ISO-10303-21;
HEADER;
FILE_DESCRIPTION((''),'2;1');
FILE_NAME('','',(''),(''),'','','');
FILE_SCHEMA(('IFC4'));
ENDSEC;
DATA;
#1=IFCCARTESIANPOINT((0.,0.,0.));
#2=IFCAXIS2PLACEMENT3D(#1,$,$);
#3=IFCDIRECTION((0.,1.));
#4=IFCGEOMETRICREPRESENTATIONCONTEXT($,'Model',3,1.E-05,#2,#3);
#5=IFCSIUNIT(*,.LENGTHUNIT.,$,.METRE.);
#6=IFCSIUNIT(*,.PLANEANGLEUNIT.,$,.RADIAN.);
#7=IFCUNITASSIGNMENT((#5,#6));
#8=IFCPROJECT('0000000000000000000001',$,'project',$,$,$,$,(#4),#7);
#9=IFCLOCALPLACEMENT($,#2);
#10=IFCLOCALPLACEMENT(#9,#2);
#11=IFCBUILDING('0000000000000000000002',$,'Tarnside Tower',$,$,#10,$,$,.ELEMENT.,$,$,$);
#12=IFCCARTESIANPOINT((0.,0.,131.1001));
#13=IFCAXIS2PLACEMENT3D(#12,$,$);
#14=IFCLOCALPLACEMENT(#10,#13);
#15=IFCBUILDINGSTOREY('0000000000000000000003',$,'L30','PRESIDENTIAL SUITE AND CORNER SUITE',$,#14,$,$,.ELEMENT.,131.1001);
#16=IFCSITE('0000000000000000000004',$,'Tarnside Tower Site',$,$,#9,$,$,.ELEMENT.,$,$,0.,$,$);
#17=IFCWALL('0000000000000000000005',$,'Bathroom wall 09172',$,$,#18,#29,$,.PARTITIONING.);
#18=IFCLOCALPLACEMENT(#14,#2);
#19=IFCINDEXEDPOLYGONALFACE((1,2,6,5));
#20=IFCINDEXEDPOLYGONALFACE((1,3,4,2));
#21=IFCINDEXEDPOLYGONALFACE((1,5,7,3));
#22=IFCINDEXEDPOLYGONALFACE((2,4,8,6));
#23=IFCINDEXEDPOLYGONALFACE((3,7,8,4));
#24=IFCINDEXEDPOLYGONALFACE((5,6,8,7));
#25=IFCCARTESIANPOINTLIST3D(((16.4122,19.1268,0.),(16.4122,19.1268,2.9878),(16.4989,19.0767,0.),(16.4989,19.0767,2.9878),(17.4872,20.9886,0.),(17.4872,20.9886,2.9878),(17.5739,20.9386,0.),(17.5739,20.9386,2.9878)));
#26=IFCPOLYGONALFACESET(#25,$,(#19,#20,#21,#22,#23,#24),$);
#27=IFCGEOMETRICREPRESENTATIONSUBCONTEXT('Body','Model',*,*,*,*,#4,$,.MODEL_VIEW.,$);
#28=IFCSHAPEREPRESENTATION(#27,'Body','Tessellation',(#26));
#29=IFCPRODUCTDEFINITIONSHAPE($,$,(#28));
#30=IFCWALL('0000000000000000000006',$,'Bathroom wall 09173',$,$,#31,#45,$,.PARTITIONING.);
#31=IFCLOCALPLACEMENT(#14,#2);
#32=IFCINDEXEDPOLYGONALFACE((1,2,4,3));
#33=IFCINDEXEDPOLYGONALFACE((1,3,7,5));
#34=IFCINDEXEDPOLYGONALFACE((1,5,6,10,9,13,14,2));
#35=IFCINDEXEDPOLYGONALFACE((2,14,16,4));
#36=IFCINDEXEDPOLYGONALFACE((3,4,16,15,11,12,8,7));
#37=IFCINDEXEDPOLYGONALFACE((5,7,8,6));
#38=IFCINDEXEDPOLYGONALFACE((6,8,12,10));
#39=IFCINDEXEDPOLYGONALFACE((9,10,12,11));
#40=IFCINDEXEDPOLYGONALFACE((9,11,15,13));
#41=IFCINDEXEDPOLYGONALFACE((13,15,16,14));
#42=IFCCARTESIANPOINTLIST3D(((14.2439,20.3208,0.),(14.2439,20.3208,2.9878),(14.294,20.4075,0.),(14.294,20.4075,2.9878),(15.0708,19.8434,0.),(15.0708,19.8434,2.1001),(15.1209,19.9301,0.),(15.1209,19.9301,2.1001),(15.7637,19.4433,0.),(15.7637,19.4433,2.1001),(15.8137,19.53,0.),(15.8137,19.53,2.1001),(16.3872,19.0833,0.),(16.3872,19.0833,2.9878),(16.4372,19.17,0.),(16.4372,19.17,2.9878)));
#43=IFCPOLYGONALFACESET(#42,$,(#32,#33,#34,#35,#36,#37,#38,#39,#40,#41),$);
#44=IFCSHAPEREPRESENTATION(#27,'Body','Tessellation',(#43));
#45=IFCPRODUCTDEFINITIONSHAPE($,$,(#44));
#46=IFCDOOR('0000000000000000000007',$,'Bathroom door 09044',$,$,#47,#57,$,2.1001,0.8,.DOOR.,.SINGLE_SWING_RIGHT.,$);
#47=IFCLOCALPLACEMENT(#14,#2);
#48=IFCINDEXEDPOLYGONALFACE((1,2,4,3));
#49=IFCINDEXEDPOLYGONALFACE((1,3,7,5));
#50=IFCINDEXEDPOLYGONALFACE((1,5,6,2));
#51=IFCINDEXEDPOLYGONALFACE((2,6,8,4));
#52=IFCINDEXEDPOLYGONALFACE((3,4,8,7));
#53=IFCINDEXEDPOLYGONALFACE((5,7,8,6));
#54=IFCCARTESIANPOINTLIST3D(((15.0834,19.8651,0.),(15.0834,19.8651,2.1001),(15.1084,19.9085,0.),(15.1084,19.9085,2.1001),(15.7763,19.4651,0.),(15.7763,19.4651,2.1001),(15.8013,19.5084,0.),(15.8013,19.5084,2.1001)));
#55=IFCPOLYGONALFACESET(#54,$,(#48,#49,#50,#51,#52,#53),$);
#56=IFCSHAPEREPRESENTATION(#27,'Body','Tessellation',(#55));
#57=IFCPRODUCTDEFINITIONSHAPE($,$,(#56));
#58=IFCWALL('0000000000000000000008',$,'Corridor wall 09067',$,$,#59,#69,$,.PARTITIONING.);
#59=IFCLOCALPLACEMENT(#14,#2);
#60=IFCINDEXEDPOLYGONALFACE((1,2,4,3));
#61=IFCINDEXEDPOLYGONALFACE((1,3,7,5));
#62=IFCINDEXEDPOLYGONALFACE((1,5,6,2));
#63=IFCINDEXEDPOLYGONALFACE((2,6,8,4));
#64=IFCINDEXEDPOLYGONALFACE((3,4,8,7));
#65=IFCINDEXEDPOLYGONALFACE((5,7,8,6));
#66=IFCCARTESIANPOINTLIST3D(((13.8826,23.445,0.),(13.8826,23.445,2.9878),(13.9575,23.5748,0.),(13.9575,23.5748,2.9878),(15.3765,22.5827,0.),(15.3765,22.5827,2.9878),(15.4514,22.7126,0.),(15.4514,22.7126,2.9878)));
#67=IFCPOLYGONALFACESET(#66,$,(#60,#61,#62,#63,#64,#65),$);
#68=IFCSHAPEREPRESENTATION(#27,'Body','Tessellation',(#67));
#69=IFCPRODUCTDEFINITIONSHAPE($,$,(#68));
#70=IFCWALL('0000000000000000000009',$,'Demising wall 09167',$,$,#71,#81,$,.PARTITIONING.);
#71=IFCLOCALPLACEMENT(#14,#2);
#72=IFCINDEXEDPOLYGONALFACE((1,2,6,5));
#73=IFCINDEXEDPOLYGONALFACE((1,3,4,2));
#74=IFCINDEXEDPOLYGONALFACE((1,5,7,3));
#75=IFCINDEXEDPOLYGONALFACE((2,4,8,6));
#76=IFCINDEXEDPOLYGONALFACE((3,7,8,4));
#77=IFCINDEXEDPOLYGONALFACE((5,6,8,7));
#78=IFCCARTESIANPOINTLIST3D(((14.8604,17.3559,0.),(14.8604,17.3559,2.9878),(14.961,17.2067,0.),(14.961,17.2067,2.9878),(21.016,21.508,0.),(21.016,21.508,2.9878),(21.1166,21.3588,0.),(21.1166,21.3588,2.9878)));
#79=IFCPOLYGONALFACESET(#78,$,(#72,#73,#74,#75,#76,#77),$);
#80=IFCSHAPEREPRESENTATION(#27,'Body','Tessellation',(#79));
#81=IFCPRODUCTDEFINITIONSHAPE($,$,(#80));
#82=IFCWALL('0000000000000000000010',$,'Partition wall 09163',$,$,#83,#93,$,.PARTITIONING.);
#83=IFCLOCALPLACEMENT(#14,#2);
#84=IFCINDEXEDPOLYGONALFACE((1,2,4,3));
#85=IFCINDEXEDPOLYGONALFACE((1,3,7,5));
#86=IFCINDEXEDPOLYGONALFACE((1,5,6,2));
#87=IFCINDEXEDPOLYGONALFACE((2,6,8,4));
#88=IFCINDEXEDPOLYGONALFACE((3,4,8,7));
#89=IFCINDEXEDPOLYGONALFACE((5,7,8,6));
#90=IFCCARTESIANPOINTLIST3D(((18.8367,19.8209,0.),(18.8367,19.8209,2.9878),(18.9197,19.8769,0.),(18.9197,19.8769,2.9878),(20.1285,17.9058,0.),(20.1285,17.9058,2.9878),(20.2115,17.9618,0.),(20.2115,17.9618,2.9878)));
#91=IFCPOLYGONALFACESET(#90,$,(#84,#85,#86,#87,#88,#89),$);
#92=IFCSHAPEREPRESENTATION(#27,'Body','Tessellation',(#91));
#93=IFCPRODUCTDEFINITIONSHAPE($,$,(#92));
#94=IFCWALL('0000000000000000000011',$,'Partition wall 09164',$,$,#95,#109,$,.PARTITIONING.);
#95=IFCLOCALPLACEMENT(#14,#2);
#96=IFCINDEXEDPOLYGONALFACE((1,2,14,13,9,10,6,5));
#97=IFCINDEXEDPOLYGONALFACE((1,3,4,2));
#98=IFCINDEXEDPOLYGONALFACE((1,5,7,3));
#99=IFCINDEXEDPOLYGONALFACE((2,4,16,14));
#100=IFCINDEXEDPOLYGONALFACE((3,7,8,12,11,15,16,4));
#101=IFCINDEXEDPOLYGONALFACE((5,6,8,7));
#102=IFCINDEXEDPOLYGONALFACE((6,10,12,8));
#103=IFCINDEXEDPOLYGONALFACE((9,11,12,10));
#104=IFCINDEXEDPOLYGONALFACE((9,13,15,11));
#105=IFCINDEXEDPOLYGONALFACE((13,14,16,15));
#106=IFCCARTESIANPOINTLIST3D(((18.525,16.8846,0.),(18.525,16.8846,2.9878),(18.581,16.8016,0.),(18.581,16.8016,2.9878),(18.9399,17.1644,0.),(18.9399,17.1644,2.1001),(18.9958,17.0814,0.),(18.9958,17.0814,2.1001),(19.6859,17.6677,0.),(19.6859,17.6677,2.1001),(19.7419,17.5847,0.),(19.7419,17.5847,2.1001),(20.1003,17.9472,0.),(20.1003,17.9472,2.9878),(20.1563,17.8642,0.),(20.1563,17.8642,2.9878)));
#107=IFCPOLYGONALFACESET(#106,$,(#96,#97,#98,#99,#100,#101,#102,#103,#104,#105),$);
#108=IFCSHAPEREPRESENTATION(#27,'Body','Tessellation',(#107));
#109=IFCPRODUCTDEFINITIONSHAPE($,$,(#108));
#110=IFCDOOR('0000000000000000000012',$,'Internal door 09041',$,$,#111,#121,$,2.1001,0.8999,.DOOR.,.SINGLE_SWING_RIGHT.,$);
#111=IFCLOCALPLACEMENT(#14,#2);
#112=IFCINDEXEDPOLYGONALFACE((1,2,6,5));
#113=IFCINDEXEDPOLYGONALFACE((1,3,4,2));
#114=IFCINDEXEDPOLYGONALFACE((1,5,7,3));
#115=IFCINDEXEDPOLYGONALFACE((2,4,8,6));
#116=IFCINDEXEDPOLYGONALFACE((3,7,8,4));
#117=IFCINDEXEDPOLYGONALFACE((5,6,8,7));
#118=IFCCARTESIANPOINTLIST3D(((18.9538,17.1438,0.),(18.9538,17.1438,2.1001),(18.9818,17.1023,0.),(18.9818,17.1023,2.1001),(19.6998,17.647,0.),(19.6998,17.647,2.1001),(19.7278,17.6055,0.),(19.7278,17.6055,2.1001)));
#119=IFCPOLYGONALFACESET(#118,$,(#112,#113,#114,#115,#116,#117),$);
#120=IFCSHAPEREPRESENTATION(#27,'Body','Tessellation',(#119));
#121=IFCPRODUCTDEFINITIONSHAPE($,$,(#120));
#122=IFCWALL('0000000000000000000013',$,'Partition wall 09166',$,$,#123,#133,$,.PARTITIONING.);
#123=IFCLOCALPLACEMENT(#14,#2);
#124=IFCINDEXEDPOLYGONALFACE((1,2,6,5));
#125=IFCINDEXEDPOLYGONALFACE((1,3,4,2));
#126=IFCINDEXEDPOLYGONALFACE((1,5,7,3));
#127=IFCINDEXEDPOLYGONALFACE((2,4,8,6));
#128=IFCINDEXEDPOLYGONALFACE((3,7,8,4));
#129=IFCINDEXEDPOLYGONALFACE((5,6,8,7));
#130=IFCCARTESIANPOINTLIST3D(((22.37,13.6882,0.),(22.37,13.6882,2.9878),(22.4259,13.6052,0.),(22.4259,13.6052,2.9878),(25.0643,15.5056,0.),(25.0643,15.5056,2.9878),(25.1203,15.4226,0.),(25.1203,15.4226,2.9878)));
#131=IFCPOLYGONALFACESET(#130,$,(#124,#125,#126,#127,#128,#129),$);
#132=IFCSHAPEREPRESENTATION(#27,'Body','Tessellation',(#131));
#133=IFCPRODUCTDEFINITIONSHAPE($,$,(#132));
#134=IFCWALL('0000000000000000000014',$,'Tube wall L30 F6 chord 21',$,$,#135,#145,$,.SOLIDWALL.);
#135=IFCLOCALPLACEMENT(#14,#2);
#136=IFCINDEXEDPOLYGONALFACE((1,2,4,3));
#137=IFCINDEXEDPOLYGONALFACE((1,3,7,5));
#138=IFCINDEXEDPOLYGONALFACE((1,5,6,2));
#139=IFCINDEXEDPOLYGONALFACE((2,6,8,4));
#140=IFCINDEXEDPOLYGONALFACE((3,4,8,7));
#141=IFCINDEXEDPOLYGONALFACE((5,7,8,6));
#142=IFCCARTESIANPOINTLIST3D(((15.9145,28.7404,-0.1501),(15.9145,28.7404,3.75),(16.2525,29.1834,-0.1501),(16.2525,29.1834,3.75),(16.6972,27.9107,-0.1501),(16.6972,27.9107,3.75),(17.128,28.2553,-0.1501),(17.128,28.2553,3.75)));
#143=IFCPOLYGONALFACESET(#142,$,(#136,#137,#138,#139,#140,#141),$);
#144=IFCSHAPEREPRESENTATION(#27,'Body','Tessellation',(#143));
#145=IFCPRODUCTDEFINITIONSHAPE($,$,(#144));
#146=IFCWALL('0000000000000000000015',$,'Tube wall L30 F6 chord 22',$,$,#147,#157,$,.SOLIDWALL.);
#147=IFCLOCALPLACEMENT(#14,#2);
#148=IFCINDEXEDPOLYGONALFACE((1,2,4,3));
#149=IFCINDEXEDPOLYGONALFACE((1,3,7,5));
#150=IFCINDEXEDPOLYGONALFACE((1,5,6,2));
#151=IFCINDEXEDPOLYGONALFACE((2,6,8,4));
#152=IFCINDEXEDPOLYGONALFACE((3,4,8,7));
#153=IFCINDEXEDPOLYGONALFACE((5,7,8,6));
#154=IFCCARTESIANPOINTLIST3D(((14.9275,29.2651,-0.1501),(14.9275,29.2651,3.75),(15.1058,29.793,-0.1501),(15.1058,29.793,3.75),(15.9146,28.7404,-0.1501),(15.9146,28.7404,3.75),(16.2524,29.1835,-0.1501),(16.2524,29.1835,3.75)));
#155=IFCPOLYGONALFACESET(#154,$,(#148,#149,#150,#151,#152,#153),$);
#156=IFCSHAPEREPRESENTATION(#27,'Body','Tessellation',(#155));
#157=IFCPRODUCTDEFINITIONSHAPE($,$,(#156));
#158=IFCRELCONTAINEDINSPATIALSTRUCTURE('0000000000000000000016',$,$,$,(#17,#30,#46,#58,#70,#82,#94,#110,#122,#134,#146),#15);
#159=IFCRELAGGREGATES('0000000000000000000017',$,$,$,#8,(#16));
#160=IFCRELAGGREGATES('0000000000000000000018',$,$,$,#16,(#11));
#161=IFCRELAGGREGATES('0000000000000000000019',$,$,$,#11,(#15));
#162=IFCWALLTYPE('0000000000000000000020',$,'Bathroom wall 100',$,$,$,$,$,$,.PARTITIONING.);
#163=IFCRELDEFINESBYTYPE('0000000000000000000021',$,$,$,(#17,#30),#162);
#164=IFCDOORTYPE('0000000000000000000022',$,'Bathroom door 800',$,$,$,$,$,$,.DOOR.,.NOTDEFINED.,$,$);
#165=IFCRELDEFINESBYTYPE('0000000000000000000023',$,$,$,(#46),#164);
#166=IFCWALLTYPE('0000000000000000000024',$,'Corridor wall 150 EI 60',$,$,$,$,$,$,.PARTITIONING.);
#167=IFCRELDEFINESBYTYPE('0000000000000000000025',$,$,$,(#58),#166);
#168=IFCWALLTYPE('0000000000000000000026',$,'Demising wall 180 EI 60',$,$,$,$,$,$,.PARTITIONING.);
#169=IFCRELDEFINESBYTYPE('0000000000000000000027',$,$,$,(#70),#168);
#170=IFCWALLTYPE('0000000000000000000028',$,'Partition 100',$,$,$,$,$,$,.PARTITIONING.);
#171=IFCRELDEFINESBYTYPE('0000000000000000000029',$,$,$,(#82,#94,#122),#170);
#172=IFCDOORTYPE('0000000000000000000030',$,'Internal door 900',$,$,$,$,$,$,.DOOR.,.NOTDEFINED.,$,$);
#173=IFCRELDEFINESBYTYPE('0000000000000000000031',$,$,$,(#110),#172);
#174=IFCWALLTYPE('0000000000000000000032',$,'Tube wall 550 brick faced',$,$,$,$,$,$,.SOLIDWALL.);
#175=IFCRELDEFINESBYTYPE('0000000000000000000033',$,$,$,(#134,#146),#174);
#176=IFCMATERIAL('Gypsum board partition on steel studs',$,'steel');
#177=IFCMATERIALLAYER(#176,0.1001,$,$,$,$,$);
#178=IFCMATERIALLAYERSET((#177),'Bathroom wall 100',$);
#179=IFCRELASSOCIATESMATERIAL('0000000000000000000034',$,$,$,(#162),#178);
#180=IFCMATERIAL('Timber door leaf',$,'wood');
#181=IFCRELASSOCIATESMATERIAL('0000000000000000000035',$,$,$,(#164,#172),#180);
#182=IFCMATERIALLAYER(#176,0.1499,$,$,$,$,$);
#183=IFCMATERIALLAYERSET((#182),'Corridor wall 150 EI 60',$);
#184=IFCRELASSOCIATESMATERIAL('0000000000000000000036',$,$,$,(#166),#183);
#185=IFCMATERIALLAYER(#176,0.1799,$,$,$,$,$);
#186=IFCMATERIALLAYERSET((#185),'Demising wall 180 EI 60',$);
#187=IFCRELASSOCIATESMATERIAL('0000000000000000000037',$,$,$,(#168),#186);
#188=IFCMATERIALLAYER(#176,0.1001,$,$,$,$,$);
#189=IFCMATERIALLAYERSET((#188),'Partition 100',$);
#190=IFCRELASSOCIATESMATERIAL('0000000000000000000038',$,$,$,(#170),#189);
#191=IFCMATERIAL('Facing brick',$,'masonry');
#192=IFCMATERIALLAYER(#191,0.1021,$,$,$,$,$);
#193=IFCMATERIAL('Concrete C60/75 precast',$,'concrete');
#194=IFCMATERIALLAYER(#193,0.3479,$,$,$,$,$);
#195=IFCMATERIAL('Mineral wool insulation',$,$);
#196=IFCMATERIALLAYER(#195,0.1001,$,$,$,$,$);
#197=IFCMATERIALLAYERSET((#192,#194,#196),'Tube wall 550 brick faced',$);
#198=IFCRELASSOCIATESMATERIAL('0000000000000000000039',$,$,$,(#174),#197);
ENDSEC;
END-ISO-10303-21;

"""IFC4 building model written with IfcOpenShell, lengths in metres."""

from ifc_helpers import new_model, si_unit, direction, frame, frame_2d, origin, place, context, subcontext, project, spatial, polyline, rectangle, outline, extrude, material, layer, layer_set, type_object, element, fill, save


model = new_model("IFC4")

# Units and contexts
model_context = context("Model", 3, precision=1e-05, world=origin(), true_north=direction((0.0, 1.0)))
body_context = subcontext(model_context, "Body", "Model", "MODEL_VIEW")
ifc_project = project(units=[si_unit("LENGTHUNIT", "METRE"), si_unit("PLANEANGLEUNIT", "RADIAN")], contexts=[model_context])

# Site, building, storey
site_placement = place(None, origin())
site = spatial("IfcSite", under=ifc_project, at=site_placement, Name="Tarnside Tower Site", CompositionType="ELEMENT", RefElevation=0.0)
building_placement = place(site_placement, origin())
building = spatial("IfcBuilding", under=site, at=building_placement, Name="Tarnside Tower", CompositionType="ELEMENT")
storey_placement = place(building_placement, frame((0.0, 0.0, 131.1001)))
storey = spatial("IfcBuildingStorey", under=building, at=storey_placement, Name="L30", Description="PRESIDENTIAL SUITE AND CORNER SUITE", CompositionType="ELEMENT", Elevation=131.1001)

# Shared definitions
ifc_material_1 = material(Name="Gypsum board partition on steel studs", Category="steel")
ifc_layer_1 = layer(ifc_material_1, 0.1001)
ifc_layer_set_1 = layer_set([ifc_layer_1], Name="Bathroom wall 100")
wall_type_1 = type_object("IfcWallType", Name="Bathroom wall 100", PredefinedType="PARTITIONING", material=ifc_layer_set_1)
ifc_material_2 = material(Name="Timber door leaf", Category="wood")
door_type_1 = type_object("IfcDoorType", Name="Bathroom door 800", OperationType="NOTDEFINED", PredefinedType="DOOR", material=ifc_material_2)

# Wall
wall_1_placement = place(storey_placement, frame((17.5305, 20.9636, 0.0), z_axis=(0.0, 0.0, 1.0), x_axis=(-0.500011, -0.866019, 0.0)))
element("IfcWall", 1, at=wall_1_placement, inside=storey, type_object=wall_type_1, Name="Bathroom wall 09172", PredefinedType="PARTITIONING", context=body_context, shape_type="SweptSolid", body=[
    extrude(rectangle(XDim=2.1499, YDim=0.1001, at=frame_2d((1.075, 0.0))), origin(), (0.0, 0.0, 1.0), 2.9878),
])

# Wall, opening, door
wall_2_placement = place(storey_placement, frame((16.4121, 19.1267, 0.0), z_axis=(0.0, 0.0, 1.0), x_axis=(-0.866007, 0.500033, 0.0)))
wall_2 = element("IfcWall", 2, at=wall_2_placement, inside=storey, type_object=wall_type_1, Name="Bathroom wall 09173", PredefinedType="PARTITIONING", context=body_context, shape_type="SweptSolid", body=[
    extrude(rectangle(XDim=2.4749, YDim=0.1001, at=frame_2d((1.2373, 0.0))), origin(), (0.0, 0.0, 1.0), 2.9878),
])
opening_1_placement = place(wall_2_placement, frame((0.72, 0.0, 0.0)))
opening_1 = element("IfcOpeningElement", 3, at=opening_1_placement, cuts=wall_2, PredefinedType="OPENING", context=body_context, shape_type="SweptSolid", body=[
    extrude(rectangle(XDim=0.8, YDim=2.1001, at=frame_2d((0.3999, 1.05))), frame((0.0, 0.0601, 0.0), z_axis=(0.0, -1.0, 0.0), x_axis=(1.0, 0.0, 0.0)), (0.0, 0.0, 1.0), 0.1201),
])
door_1_placement = place(opening_1_placement, origin())
door_1 = element("IfcDoor", 4, at=door_1_placement, inside=storey, type_object=door_type_1, Name="Bathroom door 09044", OperationType="SINGLE_SWING_RIGHT", OverallHeight=2.1001, OverallWidth=0.8, PredefinedType="DOOR", context=body_context, shape_type="SweptSolid", body=[
    extrude(rectangle(XDim=0.8, YDim=2.1001, at=frame_2d((0.3999, 1.05))), frame((0.0, 0.0249, 0.0), z_axis=(0.0, -1.0, 0.0), x_axis=(1.0, 0.0, 0.0)), (0.0, 0.0, 1.0), 0.05),
])
fill(opening_1, door_1)

# Walls
ifc_layer_2 = layer(ifc_material_1, 0.1499)
ifc_layer_set_2 = layer_set([ifc_layer_2], Name="Corridor wall 150 EI 60")
wall_type_2 = type_object("IfcWallType", Name="Corridor wall 150 EI 60", PredefinedType="PARTITIONING", material=ifc_layer_set_2)
wall_3_placement = place(storey_placement, frame((15.4138, 22.6477, 0.0), z_axis=(0.0, 0.0, 1.0), x_axis=(-0.866075, 0.499914, 0.0)))
element("IfcWall", 5, at=wall_3_placement, inside=storey, type_object=wall_type_2, Name="Corridor wall 09067", PredefinedType="PARTITIONING", context=body_context, shape_type="SweptSolid", body=[
    extrude(rectangle(XDim=1.7249, YDim=0.1499, at=frame_2d((0.8623, 0.0))), origin(), (0.0, 0.0, 1.0), 2.9878),
])
ifc_layer_3 = layer(ifc_material_1, 0.1799)
ifc_layer_set_3 = layer_set([ifc_layer_3], Name="Demising wall 180 EI 60")
wall_type_3 = type_object("IfcWallType", Name="Demising wall 180 EI 60", PredefinedType="PARTITIONING", material=ifc_layer_set_3)
wall_4_placement = place(storey_placement, frame((21.0662, 21.4333, 0.0), z_axis=(0.0, 0.0, 1.0), x_axis=(-0.829028, -0.559207, 0.0)))
element("IfcWall", 6, at=wall_4_placement, inside=storey, type_object=wall_type_3, Name="Demising wall 09167", PredefinedType="PARTITIONING", context=body_context, shape_type="SweptSolid", body=[
    extrude(rectangle(XDim=7.425, YDim=0.1799, at=frame_2d((3.7124, 0.0))), origin(), (0.0, 0.0, 1.0), 2.9878),
])
ifc_layer_4 = layer(ifc_material_1, 0.1001)
ifc_layer_set_4 = layer_set([ifc_layer_4], Name="Partition 100")
wall_type_4 = type_object("IfcWallType", Name="Partition 100", PredefinedType="PARTITIONING", material=ifc_layer_set_4)
wall_5_placement = place(storey_placement, frame((18.8782, 19.8489, 0.0), z_axis=(0.0, 0.0, 1.0), x_axis=(0.559204, -0.82903, 0.0)))
element("IfcWall", 7, at=wall_5_placement, inside=storey, type_object=wall_type_4, Name="Partition wall 09163", PredefinedType="PARTITIONING", context=body_context, shape_type="SweptSolid", body=[
    extrude(rectangle(XDim=2.3101, YDim=0.1001, at=frame_2d((1.155, 0.0))), origin(), (0.0, 0.0, 1.0), 2.9878),
])

# Wall, opening, door
wall_6_placement = place(storey_placement, frame((20.1284, 17.9058, 0.0), z_axis=(0.0, 0.0, 1.0), x_axis=(-0.829033, -0.559199, 0.0)))
wall_6 = element("IfcWall", 8, at=wall_6_placement, inside=storey, type_object=wall_type_4, Name="Partition wall 09164", PredefinedType="PARTITIONING", context=body_context, shape_type="SweptSolid", body=[
    extrude(rectangle(XDim=1.9001, YDim=0.1001, at=frame_2d((0.9502, 0.0))), origin(), (0.0, 0.0, 1.0), 2.9878),
])
opening_2_placement = place(wall_6_placement, frame((0.5, 0.0, 0.0)))
opening_2 = element("IfcOpeningElement", 9, at=opening_2_placement, cuts=wall_6, PredefinedType="OPENING", context=body_context, shape_type="SweptSolid", body=[
    extrude(rectangle(XDim=0.8999, YDim=2.1001, at=frame_2d((0.45, 1.05))), frame((0.0, 0.0601, 0.0), z_axis=(0.0, -1.0, 0.0), x_axis=(1.0, 0.0, 0.0)), (0.0, 0.0, 1.0), 0.1201),
])
door_type_2 = type_object("IfcDoorType", Name="Internal door 900", OperationType="NOTDEFINED", PredefinedType="DOOR", material=ifc_material_2)
door_2_placement = place(opening_2_placement, origin())
door_2 = element("IfcDoor", 10, at=door_2_placement, inside=storey, type_object=door_type_2, Name="Internal door 09041", OperationType="SINGLE_SWING_RIGHT", OverallHeight=2.1001, OverallWidth=0.8999, PredefinedType="DOOR", context=body_context, shape_type="SweptSolid", body=[
    extrude(rectangle(XDim=0.8999, YDim=2.1001, at=frame_2d((0.45, 1.05))), frame((0.0, 0.0249, 0.0), z_axis=(0.0, -1.0, 0.0), x_axis=(1.0, 0.0, 0.0)), (0.0, 0.0, 1.0), 0.05),
])
fill(opening_2, door_2)

# Walls
wall_7_placement = place(storey_placement, frame((22.3979, 13.6467, 0.0), z_axis=(0.0, 0.0, 1.0), x_axis=(0.829033, 0.559199, 0.0)))
element("IfcWall", 11, at=wall_7_placement, inside=storey, type_object=wall_type_4, Name="Partition wall 09166", PredefinedType="PARTITIONING", context=body_context, shape_type="SweptSolid", body=[
    extrude(rectangle(XDim=3.25, YDim=0.1001, at=frame_2d((1.625, 0.0))), origin(), (0.0, 0.0, 1.0), 2.9878),
])
ifc_material_3 = material(Name="Facing brick", Category="masonry")
ifc_layer_5 = layer(ifc_material_3, 0.1021)
ifc_material_4 = material(Name="Concrete C60/75 precast", Category="concrete")
ifc_layer_6 = layer(ifc_material_4, 0.3479)
ifc_material_5 = material(Name="Mineral wool insulation")
ifc_layer_7 = layer(ifc_material_5, 0.1001)
ifc_layer_set_5 = layer_set([ifc_layer_5, ifc_layer_6, ifc_layer_7], Name="Tube wall 550 brick faced")
wall_type_5 = type_object("IfcWallType", Name="Tube wall 550 brick faced", PredefinedType="SOLIDWALL", material=ifc_layer_set_5)
wall_8_placement = place(storey_placement, frame((16.9126, 28.083, -0.1501), z_axis=(0.0, 0.0, 1.0), x_axis=(-0.686196, 0.727416, 0.0)))
element("IfcWall", 12, at=wall_8_placement, inside=storey, type_object=wall_type_5, Name="Tube wall L30 F6 chord 21", PredefinedType="SOLIDWALL", context=body_context, shape_type="SweptSolid", body=[
    extrude(outline(polyline([(-0.0225, -0.2749), (1.2534, -0.2749), (1.1631, 0.2749), (0.0225, 0.2749), (-0.0225, -0.2749)])), origin(), (0.0, 0.0, 1.0), 3.9001),
])
wall_9_placement = place(storey_placement, frame((16.0835, 28.9619, -0.1501), z_axis=(0.0, 0.0, 1.0), x_axis=(-0.882995, 0.469382, 0.0)))
element("IfcWall", 13, at=wall_9_placement, inside=storey, type_object=wall_type_5, Name="Tube wall L30 F6 chord 22", PredefinedType="SOLIDWALL", context=body_context, shape_type="SweptSolid", body=[
    extrude(outline(polyline([(-0.0452, -0.2749), (1.2534, -0.2749), (1.1631, 0.2749), (0.0452, 0.2749), (-0.0452, -0.2749)])), origin(), (0.0, 0.0, 1.0), 3.9001),
])

save(model, "model.ifc")
